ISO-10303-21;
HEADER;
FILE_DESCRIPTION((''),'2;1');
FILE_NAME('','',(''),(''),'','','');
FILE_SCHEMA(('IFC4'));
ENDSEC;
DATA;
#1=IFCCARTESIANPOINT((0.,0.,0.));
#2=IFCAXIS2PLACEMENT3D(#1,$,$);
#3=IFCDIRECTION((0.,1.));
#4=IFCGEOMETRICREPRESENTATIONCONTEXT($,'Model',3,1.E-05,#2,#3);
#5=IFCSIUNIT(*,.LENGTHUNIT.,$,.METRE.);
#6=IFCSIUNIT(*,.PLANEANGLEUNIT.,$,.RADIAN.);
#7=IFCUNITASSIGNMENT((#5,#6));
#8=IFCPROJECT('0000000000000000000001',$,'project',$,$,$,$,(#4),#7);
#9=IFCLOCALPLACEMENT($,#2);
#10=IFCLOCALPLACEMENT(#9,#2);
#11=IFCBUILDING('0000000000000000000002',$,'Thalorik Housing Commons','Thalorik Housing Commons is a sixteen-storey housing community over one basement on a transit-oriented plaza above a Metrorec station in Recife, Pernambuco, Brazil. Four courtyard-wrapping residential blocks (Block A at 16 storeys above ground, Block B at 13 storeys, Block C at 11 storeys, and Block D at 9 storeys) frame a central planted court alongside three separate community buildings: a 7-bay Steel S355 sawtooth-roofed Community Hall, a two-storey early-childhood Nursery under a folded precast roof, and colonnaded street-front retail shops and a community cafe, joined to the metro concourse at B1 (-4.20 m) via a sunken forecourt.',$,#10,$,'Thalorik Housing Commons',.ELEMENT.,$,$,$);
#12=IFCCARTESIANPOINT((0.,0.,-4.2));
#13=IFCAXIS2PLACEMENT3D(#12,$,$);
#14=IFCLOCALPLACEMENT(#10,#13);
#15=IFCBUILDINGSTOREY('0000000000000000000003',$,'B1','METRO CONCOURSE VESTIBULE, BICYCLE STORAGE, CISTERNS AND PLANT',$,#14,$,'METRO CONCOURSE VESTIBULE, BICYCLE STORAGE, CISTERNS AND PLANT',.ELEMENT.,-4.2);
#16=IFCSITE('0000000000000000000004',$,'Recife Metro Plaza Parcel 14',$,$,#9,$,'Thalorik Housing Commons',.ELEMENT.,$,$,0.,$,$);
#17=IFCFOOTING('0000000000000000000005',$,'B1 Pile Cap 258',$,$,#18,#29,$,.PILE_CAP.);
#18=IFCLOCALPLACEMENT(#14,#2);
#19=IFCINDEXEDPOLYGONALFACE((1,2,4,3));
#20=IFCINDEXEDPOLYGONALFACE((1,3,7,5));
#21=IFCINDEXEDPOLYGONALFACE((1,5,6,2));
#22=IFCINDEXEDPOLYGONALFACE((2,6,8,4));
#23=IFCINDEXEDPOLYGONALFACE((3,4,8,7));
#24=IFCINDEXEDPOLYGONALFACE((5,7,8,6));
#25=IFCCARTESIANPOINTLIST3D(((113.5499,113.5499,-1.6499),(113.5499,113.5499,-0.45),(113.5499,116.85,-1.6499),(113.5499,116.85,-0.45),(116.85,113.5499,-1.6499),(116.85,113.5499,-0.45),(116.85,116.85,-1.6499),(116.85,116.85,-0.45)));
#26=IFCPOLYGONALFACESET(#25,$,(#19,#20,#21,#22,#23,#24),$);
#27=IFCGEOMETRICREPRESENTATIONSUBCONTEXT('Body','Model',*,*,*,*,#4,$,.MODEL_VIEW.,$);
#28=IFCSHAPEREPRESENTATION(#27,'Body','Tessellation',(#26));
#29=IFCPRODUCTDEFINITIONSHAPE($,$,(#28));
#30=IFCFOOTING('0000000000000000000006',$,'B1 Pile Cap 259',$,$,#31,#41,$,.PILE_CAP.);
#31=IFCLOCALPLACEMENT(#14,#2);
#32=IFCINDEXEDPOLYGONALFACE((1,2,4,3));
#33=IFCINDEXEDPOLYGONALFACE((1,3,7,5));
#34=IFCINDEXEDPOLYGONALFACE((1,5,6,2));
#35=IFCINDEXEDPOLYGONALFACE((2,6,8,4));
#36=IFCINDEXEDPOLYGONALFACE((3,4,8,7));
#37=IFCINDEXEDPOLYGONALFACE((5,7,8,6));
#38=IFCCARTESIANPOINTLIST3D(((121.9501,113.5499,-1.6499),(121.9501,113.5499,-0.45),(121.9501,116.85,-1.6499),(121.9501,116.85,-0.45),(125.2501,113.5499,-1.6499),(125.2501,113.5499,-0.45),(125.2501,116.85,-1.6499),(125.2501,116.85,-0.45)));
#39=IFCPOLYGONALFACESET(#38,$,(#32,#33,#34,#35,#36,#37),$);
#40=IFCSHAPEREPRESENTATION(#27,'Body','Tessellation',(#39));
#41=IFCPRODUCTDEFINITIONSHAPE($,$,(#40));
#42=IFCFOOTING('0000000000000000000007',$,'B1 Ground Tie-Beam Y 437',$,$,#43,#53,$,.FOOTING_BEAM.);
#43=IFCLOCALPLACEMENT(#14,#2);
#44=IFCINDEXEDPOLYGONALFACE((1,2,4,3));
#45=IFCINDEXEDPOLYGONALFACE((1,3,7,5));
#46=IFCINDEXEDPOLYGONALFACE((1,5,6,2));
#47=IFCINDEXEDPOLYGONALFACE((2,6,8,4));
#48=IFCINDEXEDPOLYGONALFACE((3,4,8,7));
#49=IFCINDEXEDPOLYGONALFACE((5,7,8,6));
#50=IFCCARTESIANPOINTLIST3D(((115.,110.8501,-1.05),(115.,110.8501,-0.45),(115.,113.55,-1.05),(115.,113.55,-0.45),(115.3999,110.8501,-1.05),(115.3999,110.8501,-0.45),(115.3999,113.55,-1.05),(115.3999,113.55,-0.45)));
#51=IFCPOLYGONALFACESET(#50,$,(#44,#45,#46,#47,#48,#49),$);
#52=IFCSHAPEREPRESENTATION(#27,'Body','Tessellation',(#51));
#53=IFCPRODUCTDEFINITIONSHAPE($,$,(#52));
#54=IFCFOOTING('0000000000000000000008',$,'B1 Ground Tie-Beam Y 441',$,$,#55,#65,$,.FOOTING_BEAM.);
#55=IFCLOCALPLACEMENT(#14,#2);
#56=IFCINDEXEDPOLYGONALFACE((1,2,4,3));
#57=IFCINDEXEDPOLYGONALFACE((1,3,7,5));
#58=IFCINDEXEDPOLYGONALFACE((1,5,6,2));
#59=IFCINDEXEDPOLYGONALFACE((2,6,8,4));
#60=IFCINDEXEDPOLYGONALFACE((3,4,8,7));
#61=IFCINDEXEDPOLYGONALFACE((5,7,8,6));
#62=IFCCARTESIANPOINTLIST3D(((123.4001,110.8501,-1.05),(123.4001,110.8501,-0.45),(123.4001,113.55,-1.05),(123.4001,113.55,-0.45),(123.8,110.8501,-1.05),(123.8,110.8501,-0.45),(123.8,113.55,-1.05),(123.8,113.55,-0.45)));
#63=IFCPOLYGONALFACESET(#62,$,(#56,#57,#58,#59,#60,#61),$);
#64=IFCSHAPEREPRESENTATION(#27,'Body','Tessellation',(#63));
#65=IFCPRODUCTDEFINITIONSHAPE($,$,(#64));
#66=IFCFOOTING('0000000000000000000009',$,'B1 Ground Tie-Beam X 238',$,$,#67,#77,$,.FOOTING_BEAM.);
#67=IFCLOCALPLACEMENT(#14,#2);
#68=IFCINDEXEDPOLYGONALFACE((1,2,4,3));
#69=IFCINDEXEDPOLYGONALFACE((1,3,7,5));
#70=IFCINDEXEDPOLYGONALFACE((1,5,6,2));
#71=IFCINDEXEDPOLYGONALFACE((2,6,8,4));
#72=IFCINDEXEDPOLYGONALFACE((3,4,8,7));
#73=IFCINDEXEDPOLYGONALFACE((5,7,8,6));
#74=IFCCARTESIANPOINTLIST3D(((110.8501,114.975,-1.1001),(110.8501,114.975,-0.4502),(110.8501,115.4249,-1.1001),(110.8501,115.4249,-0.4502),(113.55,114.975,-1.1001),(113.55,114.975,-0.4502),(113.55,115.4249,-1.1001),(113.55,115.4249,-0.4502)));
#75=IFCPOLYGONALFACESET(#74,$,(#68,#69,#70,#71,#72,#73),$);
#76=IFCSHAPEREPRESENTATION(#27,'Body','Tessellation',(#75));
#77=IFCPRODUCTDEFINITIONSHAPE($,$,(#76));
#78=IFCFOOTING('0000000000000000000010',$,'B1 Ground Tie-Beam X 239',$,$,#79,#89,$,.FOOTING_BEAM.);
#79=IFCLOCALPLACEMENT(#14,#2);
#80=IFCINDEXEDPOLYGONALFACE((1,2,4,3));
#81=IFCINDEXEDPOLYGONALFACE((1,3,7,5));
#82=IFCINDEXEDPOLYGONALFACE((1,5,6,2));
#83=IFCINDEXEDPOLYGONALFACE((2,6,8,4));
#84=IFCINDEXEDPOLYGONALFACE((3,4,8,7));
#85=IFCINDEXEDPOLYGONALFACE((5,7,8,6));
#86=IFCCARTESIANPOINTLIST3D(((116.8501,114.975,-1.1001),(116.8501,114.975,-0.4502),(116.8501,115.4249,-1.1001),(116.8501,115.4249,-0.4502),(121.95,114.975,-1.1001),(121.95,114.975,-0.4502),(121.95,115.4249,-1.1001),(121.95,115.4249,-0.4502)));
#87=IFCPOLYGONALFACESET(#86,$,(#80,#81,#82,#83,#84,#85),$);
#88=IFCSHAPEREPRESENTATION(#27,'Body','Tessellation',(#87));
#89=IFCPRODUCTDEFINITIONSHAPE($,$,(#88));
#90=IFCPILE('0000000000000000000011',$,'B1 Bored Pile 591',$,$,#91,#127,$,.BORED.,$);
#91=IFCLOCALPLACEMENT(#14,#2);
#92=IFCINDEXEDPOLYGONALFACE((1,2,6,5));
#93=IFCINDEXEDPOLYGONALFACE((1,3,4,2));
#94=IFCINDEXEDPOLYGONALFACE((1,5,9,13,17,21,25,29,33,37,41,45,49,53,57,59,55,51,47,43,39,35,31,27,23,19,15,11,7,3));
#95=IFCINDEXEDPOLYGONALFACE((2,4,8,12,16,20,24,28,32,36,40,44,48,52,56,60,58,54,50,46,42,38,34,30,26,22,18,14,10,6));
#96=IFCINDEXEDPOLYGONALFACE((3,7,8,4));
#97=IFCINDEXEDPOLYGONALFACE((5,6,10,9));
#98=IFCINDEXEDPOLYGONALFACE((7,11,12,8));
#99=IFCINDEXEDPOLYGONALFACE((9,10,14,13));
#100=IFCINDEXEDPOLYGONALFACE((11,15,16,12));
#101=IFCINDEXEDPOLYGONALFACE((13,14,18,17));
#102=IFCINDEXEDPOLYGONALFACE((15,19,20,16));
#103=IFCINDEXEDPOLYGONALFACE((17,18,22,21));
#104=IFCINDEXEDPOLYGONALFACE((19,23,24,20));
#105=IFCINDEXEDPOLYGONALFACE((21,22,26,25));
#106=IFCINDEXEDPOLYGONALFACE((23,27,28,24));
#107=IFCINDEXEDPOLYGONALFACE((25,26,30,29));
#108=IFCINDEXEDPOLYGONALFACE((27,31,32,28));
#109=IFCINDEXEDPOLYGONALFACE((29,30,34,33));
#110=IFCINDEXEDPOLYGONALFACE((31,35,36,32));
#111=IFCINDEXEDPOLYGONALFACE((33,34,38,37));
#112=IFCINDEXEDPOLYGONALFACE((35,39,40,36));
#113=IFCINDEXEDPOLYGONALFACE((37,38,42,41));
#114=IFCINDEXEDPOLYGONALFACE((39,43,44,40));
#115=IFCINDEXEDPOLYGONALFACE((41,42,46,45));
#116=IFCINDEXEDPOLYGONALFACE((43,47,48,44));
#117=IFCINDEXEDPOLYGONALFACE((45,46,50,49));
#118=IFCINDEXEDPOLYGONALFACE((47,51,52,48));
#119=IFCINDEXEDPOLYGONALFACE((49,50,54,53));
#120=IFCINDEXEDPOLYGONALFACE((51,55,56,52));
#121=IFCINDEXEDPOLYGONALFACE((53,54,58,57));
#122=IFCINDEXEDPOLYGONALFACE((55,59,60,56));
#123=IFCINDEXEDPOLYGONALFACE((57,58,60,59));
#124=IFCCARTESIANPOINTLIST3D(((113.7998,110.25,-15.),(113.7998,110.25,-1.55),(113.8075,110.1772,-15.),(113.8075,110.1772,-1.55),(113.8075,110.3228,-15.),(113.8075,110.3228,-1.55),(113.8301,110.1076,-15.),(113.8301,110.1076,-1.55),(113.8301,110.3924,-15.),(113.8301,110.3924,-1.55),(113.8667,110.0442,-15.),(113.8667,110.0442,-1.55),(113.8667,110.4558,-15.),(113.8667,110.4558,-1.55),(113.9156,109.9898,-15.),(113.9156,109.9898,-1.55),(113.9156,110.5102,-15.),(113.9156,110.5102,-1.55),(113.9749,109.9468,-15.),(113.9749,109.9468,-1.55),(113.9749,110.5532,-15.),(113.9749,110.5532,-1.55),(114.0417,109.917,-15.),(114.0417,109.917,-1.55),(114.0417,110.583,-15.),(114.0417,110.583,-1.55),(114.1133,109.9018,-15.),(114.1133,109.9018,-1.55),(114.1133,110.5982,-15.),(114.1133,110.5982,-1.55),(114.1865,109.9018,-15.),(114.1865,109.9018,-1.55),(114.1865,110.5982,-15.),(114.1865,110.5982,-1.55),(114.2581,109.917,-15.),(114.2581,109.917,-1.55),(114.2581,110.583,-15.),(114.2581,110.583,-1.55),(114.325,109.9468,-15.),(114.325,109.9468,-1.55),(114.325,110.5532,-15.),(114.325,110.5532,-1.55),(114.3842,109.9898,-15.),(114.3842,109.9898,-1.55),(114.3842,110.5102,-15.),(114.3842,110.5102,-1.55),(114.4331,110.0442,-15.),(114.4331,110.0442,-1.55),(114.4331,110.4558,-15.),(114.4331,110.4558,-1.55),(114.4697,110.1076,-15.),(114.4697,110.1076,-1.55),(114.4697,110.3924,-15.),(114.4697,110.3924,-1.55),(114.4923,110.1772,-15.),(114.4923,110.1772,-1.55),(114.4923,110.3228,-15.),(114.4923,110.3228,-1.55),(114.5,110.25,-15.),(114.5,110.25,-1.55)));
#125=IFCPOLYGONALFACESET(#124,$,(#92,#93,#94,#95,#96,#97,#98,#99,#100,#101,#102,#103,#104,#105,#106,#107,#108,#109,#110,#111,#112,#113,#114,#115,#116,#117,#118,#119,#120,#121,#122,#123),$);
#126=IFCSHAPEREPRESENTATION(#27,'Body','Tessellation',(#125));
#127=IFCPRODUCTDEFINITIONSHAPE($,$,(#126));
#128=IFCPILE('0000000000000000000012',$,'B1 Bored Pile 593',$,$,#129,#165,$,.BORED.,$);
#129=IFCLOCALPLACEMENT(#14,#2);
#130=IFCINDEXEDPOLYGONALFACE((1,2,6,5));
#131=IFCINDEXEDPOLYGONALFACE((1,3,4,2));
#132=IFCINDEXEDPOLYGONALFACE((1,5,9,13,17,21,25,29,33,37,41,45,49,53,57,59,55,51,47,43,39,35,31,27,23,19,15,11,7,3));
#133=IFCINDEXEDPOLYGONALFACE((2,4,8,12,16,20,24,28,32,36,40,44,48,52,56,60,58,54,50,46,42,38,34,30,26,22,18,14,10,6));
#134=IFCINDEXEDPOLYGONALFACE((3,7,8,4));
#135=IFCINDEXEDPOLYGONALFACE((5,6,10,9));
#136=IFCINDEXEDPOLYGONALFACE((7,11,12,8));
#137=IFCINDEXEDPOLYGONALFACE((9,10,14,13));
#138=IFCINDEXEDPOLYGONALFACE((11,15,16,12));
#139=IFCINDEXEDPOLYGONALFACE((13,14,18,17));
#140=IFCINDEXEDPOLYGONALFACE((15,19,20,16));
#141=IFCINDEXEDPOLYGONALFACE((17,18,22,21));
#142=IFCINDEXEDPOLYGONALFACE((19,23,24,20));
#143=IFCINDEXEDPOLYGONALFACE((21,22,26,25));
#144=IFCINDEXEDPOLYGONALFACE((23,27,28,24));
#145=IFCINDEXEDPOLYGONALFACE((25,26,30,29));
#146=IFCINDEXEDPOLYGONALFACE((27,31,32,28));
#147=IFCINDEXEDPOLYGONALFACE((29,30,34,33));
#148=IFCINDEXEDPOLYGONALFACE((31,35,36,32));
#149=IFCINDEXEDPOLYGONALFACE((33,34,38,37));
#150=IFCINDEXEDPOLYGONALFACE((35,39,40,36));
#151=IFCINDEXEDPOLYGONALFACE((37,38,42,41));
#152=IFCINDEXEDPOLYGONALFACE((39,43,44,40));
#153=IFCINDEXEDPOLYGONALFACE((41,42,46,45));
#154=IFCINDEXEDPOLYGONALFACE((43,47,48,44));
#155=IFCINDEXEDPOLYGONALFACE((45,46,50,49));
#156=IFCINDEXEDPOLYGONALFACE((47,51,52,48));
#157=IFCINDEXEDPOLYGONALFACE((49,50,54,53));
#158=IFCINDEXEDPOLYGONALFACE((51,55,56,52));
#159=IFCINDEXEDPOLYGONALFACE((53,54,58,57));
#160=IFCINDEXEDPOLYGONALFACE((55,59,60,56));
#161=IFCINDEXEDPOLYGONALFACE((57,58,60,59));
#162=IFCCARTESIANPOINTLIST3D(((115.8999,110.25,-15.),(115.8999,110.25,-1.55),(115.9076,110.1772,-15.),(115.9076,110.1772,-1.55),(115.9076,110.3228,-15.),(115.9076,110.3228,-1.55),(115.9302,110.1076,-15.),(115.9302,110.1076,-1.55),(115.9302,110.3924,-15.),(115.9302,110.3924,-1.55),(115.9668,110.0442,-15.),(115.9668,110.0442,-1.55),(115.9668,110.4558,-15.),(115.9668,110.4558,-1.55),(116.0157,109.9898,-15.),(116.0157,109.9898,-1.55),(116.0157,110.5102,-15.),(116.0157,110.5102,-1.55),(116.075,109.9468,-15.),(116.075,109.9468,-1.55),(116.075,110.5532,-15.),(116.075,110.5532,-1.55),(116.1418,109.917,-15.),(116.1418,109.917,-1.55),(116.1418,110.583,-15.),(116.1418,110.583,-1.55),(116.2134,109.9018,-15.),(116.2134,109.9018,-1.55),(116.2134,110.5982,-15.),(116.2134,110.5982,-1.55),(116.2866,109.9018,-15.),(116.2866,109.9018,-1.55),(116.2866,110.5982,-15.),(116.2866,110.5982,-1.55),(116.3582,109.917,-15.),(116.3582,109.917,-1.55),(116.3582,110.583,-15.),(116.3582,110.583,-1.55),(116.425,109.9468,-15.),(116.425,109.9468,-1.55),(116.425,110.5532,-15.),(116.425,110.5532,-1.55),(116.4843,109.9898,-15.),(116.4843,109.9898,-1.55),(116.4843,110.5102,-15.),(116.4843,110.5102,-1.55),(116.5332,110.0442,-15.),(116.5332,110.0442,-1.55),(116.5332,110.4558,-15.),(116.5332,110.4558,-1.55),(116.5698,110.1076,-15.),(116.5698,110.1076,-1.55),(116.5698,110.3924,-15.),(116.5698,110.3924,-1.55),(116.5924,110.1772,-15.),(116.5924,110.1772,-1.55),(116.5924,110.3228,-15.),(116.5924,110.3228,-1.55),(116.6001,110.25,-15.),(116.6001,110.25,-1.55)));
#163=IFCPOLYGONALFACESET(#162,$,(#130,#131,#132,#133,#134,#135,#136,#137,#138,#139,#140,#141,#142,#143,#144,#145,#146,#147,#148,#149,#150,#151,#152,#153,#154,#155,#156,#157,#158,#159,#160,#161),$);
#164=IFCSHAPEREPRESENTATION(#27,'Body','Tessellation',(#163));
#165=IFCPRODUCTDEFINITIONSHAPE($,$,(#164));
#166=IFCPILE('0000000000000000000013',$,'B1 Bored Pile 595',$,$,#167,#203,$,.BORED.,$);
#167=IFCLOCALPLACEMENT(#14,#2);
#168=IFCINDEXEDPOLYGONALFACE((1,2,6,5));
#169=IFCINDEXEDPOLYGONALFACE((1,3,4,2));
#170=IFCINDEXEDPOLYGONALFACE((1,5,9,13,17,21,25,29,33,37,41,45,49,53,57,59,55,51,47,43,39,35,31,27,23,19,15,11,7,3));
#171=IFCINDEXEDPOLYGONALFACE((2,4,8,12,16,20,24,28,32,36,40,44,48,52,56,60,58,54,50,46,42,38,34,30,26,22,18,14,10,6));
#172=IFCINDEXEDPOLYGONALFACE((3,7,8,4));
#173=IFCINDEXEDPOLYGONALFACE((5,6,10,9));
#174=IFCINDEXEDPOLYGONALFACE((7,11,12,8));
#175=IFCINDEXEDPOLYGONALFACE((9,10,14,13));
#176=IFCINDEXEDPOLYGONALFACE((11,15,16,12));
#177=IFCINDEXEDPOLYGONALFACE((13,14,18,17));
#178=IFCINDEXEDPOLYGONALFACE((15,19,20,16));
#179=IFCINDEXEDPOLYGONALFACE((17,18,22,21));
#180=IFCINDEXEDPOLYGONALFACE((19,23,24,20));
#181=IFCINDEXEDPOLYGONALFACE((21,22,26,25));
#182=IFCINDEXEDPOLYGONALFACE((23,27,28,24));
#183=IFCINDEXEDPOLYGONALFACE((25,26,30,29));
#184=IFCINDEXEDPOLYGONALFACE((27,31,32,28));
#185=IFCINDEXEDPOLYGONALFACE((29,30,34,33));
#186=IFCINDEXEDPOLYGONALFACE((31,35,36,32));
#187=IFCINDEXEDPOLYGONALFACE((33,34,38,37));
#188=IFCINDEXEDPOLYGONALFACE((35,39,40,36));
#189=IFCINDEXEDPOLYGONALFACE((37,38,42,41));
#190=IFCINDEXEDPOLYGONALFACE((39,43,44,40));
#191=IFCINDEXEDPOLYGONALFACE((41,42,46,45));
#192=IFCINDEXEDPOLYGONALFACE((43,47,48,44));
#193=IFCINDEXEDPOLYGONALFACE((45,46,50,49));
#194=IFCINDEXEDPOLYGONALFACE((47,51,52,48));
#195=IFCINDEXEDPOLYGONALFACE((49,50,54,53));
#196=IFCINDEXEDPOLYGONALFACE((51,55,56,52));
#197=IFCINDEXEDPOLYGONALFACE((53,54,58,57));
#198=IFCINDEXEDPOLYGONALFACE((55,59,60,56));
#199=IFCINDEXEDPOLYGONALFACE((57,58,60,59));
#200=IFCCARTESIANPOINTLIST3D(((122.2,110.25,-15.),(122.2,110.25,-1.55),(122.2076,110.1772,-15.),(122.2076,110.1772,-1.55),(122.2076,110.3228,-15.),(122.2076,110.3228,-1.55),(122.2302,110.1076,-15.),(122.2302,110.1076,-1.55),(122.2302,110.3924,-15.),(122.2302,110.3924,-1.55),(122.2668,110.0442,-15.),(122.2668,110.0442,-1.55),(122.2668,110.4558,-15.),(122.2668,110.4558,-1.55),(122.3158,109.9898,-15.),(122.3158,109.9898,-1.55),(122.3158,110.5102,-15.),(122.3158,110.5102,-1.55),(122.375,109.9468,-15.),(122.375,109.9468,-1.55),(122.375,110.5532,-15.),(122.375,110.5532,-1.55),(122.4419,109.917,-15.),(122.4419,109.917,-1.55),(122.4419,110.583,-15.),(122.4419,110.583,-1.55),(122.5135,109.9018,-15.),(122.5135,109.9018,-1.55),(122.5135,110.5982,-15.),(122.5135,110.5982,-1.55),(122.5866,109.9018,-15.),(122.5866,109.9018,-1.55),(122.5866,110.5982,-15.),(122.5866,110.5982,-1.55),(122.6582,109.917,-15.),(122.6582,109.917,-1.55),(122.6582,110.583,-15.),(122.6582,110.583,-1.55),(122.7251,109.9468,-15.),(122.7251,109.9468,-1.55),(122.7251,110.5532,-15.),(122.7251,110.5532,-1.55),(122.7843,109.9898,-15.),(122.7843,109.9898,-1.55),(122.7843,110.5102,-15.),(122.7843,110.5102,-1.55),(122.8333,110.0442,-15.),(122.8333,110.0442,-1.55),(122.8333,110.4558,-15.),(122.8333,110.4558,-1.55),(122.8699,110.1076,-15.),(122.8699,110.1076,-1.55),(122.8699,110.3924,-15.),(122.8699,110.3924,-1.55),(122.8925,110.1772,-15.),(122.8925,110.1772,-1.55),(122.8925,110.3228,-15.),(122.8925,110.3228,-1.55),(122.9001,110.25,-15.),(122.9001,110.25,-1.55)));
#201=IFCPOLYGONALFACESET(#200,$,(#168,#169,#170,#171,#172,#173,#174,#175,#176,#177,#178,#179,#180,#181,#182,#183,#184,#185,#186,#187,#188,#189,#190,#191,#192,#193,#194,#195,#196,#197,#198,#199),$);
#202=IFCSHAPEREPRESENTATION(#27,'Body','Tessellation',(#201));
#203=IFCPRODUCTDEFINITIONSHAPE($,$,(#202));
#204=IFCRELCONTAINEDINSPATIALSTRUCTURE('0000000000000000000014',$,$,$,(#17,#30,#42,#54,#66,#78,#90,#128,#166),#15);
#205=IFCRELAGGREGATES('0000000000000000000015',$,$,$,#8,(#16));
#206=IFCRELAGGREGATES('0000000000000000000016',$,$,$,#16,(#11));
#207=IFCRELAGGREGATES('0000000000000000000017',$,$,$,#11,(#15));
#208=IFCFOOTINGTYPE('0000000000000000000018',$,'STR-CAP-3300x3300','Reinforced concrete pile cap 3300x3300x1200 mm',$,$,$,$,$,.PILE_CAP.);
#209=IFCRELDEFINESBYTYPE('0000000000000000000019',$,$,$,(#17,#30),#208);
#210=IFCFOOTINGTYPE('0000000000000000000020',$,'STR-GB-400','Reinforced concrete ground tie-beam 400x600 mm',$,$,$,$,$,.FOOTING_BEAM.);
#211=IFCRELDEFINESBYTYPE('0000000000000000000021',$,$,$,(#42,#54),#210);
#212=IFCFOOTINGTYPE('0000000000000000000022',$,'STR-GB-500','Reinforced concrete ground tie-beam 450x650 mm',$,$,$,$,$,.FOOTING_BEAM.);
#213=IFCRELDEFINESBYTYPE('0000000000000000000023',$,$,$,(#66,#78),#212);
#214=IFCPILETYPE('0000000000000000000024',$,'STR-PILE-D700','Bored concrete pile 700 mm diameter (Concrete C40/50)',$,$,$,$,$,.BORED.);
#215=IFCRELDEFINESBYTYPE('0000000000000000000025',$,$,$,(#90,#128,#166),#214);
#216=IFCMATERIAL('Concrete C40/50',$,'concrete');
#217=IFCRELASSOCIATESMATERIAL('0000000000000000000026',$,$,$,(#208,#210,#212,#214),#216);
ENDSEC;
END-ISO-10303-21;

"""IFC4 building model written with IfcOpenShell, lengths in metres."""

from ifc_helpers import new_model, si_unit, direction, frame, origin, origin_2d, place, context, subcontext, project, spatial, rectangle, circle, extrude, material, material_profile, profile_set, type_object, element, save


model = new_model("IFC4")

# Units and contexts
model_context = context("Model", 3, precision=1e-05, world=origin(), true_north=direction((0.0, 1.0)))
body_context = subcontext(model_context, "Body", "Model", "MODEL_VIEW")
ifc_project = project(units=[si_unit("LENGTHUNIT", "METRE"), si_unit("PLANEANGLEUNIT", "RADIAN")], contexts=[model_context])

# Site, building, storey
site_placement = place(None, origin())
site = spatial("IfcSite", under=ifc_project, at=site_placement, Name="Recife Metro Plaza Parcel 14", LongName="Thalorik Housing Commons", CompositionType="ELEMENT", RefElevation=0.0)
building_placement = place(site_placement, origin())
building = spatial("IfcBuilding", under=site, at=building_placement, Name="Thalorik Housing Commons", Description="Thalorik Housing Commons is a sixteen-storey housing community over one basement on a transit-oriented plaza above a Metrorec station in Recife, Pernambuco, Brazil. Four courtyard-wrapping residential blocks (Block A at 16 storeys above ground, Block B at 13 storeys, Block C at 11 storeys, and Block D at 9 storeys) frame a central planted court alongside three separate community buildings: a 7-bay Steel S355 sawtooth-roofed Community Hall, a two-storey early-childhood Nursery under a folded precast roof, and colonnaded street-front retail shops and a community cafe, joined to the metro concourse at B1 (-4.20 m) via a sunken forecourt.", LongName="Thalorik Housing Commons", CompositionType="ELEMENT")
storey_placement = place(building_placement, frame((0.0, 0.0, -4.2)))
storey = spatial("IfcBuildingStorey", under=building, at=storey_placement, Name="B1", Description="METRO CONCOURSE VESTIBULE, BICYCLE STORAGE, CISTERNS AND PLANT", LongName="METRO CONCOURSE VESTIBULE, BICYCLE STORAGE, CISTERNS AND PLANT", CompositionType="ELEMENT", Elevation=-4.2)

# Footings
ifc_material_1 = material(Name="Concrete C40/50", Category="concrete")
footing_type_1 = type_object("IfcFootingType", Name="STR-CAP-3300x3300", Description="Reinforced concrete pile cap 3300x3300x1200 mm", PredefinedType="PILE_CAP", material=ifc_material_1)
for number, where, z_axis, x_axis, name in (
    (1, (115.2, 115.2, -1.6499), (0.0, 0.0, 1.0), (1.0, 0.0, 0.0), "B1 Pile Cap 258"),
    (2, (123.6001, 115.2, -1.6499), (0.0, 0.0, 1.0), (1.0, 0.0, 0.0), "B1 Pile Cap 259"),
):
    element("IfcFooting", number, at=place(storey_placement, frame(where, z_axis=z_axis, x_axis=x_axis)), inside=storey, type_object=footing_type_1, Name=name, PredefinedType="PILE_CAP", context=body_context, shape_type="SweptSolid", body=[
        extrude(rectangle(XDim=3.3, YDim=3.3, at=origin_2d()), origin(), (0.0, 0.0, 1.0), 1.2),
    ])
ifc_material_profile_1 = material_profile(ifc_material_1, rectangle(XDim=0.3999, YDim=0.6001, at=origin_2d()), Name="RC 400x600", Category="concrete")
ifc_profile_set_1 = profile_set([ifc_material_profile_1], Name="Concrete C40/50")
footing_type_2 = type_object("IfcFootingType", Name="STR-GB-400", Description="Reinforced concrete ground tie-beam 400x600 mm", PredefinedType="FOOTING_BEAM", material=ifc_profile_set_1)
for number, where, z_axis, x_axis, name in (
    (3, (115.2, 110.8501, -0.75), (0.0, 1.0, 0.0), (-1.0, 0.0, 0.0), "B1 Ground Tie-Beam Y 437"),
    (4, (123.6001, 110.8501, -0.75), (0.0, 1.0, 0.0), (-1.0, 0.0, 0.0), "B1 Ground Tie-Beam Y 441"),
):
    element("IfcFooting", number, at=place(storey_placement, frame(where, z_axis=z_axis, x_axis=x_axis)), inside=storey, type_object=footing_type_2, Name=name, PredefinedType="FOOTING_BEAM", context=body_context, shape_type="SweptSolid", body=[
        extrude(rectangle(XDim=0.3999, YDim=0.6001, at=origin_2d()), origin(), (0.0, 0.0, 1.0), 2.7),
    ])
ifc_material_profile_2 = material_profile(ifc_material_1, rectangle(XDim=0.45, YDim=0.6499, at=origin_2d()), Name="RC 450x650", Category="concrete")
ifc_profile_set_2 = profile_set([ifc_material_profile_2], Name="Concrete C40/50")
footing_type_3 = type_object("IfcFootingType", Name="STR-GB-500", Description="Reinforced concrete ground tie-beam 450x650 mm", PredefinedType="FOOTING_BEAM", material=ifc_profile_set_2)
footing_1_placement = place(storey_placement, frame((110.8501, 115.2, -0.7751), z_axis=(1.0, 0.0, 0.0), x_axis=(0.0, 1.0, 0.0)))
element("IfcFooting", 5, at=footing_1_placement, inside=storey, type_object=footing_type_3, Name="B1 Ground Tie-Beam X 238", PredefinedType="FOOTING_BEAM", context=body_context, shape_type="SweptSolid", body=[
    extrude(rectangle(XDim=0.45, YDim=0.6499, at=origin_2d()), origin(), (0.0, 0.0, 1.0), 2.7),
])
footing_2_placement = place(storey_placement, frame((116.8501, 115.2, -0.7751), z_axis=(1.0, 0.0, 0.0), x_axis=(0.0, 1.0, 0.0)))
element("IfcFooting", 6, at=footing_2_placement, inside=storey, type_object=footing_type_3, Name="B1 Ground Tie-Beam X 239", PredefinedType="FOOTING_BEAM", context=body_context, shape_type="SweptSolid", body=[
    extrude(rectangle(XDim=0.45, YDim=0.6499, at=origin_2d()), origin(), (0.0, 0.0, 1.0), 5.0999),
])

# Piles
ifc_material_profile_3 = material_profile(ifc_material_1, circle(Radius=0.3501, at=origin_2d()), Name="BORED PILE D700", Category="concrete")
ifc_profile_set_3 = profile_set([ifc_material_profile_3], Name="Concrete C40/50")
pile_type = type_object("IfcPileType", Name="STR-PILE-D700", Description="Bored concrete pile 700 mm diameter (Concrete C40/50)", PredefinedType="BORED", material=ifc_profile_set_3)
for number, where, z_axis, x_axis, name in (
    (7, (114.1499, 110.25, -1.55), (0.0, 0.0, -1.0), (1.0, 0.0, 0.0), "B1 Bored Pile 591"),
    (8, (116.25, 110.25, -1.55), (0.0, 0.0, -1.0), (1.0, 0.0, 0.0), "B1 Bored Pile 593"),
    (9, (122.55, 110.25, -1.55), (0.0, 0.0, -1.0), (1.0, 0.0, 0.0), "B1 Bored Pile 595"),
):
    element("IfcPile", number, at=place(storey_placement, frame(where, z_axis=z_axis, x_axis=x_axis)), inside=storey, type_object=pile_type, Name=name, PredefinedType="BORED", context=body_context, shape_type="SweptSolid", body=[
        extrude(circle(Radius=0.3501, at=origin_2d()), origin(), (0.0, 0.0, 1.0), 13.45),
    ])

save(model, "model.ifc")
